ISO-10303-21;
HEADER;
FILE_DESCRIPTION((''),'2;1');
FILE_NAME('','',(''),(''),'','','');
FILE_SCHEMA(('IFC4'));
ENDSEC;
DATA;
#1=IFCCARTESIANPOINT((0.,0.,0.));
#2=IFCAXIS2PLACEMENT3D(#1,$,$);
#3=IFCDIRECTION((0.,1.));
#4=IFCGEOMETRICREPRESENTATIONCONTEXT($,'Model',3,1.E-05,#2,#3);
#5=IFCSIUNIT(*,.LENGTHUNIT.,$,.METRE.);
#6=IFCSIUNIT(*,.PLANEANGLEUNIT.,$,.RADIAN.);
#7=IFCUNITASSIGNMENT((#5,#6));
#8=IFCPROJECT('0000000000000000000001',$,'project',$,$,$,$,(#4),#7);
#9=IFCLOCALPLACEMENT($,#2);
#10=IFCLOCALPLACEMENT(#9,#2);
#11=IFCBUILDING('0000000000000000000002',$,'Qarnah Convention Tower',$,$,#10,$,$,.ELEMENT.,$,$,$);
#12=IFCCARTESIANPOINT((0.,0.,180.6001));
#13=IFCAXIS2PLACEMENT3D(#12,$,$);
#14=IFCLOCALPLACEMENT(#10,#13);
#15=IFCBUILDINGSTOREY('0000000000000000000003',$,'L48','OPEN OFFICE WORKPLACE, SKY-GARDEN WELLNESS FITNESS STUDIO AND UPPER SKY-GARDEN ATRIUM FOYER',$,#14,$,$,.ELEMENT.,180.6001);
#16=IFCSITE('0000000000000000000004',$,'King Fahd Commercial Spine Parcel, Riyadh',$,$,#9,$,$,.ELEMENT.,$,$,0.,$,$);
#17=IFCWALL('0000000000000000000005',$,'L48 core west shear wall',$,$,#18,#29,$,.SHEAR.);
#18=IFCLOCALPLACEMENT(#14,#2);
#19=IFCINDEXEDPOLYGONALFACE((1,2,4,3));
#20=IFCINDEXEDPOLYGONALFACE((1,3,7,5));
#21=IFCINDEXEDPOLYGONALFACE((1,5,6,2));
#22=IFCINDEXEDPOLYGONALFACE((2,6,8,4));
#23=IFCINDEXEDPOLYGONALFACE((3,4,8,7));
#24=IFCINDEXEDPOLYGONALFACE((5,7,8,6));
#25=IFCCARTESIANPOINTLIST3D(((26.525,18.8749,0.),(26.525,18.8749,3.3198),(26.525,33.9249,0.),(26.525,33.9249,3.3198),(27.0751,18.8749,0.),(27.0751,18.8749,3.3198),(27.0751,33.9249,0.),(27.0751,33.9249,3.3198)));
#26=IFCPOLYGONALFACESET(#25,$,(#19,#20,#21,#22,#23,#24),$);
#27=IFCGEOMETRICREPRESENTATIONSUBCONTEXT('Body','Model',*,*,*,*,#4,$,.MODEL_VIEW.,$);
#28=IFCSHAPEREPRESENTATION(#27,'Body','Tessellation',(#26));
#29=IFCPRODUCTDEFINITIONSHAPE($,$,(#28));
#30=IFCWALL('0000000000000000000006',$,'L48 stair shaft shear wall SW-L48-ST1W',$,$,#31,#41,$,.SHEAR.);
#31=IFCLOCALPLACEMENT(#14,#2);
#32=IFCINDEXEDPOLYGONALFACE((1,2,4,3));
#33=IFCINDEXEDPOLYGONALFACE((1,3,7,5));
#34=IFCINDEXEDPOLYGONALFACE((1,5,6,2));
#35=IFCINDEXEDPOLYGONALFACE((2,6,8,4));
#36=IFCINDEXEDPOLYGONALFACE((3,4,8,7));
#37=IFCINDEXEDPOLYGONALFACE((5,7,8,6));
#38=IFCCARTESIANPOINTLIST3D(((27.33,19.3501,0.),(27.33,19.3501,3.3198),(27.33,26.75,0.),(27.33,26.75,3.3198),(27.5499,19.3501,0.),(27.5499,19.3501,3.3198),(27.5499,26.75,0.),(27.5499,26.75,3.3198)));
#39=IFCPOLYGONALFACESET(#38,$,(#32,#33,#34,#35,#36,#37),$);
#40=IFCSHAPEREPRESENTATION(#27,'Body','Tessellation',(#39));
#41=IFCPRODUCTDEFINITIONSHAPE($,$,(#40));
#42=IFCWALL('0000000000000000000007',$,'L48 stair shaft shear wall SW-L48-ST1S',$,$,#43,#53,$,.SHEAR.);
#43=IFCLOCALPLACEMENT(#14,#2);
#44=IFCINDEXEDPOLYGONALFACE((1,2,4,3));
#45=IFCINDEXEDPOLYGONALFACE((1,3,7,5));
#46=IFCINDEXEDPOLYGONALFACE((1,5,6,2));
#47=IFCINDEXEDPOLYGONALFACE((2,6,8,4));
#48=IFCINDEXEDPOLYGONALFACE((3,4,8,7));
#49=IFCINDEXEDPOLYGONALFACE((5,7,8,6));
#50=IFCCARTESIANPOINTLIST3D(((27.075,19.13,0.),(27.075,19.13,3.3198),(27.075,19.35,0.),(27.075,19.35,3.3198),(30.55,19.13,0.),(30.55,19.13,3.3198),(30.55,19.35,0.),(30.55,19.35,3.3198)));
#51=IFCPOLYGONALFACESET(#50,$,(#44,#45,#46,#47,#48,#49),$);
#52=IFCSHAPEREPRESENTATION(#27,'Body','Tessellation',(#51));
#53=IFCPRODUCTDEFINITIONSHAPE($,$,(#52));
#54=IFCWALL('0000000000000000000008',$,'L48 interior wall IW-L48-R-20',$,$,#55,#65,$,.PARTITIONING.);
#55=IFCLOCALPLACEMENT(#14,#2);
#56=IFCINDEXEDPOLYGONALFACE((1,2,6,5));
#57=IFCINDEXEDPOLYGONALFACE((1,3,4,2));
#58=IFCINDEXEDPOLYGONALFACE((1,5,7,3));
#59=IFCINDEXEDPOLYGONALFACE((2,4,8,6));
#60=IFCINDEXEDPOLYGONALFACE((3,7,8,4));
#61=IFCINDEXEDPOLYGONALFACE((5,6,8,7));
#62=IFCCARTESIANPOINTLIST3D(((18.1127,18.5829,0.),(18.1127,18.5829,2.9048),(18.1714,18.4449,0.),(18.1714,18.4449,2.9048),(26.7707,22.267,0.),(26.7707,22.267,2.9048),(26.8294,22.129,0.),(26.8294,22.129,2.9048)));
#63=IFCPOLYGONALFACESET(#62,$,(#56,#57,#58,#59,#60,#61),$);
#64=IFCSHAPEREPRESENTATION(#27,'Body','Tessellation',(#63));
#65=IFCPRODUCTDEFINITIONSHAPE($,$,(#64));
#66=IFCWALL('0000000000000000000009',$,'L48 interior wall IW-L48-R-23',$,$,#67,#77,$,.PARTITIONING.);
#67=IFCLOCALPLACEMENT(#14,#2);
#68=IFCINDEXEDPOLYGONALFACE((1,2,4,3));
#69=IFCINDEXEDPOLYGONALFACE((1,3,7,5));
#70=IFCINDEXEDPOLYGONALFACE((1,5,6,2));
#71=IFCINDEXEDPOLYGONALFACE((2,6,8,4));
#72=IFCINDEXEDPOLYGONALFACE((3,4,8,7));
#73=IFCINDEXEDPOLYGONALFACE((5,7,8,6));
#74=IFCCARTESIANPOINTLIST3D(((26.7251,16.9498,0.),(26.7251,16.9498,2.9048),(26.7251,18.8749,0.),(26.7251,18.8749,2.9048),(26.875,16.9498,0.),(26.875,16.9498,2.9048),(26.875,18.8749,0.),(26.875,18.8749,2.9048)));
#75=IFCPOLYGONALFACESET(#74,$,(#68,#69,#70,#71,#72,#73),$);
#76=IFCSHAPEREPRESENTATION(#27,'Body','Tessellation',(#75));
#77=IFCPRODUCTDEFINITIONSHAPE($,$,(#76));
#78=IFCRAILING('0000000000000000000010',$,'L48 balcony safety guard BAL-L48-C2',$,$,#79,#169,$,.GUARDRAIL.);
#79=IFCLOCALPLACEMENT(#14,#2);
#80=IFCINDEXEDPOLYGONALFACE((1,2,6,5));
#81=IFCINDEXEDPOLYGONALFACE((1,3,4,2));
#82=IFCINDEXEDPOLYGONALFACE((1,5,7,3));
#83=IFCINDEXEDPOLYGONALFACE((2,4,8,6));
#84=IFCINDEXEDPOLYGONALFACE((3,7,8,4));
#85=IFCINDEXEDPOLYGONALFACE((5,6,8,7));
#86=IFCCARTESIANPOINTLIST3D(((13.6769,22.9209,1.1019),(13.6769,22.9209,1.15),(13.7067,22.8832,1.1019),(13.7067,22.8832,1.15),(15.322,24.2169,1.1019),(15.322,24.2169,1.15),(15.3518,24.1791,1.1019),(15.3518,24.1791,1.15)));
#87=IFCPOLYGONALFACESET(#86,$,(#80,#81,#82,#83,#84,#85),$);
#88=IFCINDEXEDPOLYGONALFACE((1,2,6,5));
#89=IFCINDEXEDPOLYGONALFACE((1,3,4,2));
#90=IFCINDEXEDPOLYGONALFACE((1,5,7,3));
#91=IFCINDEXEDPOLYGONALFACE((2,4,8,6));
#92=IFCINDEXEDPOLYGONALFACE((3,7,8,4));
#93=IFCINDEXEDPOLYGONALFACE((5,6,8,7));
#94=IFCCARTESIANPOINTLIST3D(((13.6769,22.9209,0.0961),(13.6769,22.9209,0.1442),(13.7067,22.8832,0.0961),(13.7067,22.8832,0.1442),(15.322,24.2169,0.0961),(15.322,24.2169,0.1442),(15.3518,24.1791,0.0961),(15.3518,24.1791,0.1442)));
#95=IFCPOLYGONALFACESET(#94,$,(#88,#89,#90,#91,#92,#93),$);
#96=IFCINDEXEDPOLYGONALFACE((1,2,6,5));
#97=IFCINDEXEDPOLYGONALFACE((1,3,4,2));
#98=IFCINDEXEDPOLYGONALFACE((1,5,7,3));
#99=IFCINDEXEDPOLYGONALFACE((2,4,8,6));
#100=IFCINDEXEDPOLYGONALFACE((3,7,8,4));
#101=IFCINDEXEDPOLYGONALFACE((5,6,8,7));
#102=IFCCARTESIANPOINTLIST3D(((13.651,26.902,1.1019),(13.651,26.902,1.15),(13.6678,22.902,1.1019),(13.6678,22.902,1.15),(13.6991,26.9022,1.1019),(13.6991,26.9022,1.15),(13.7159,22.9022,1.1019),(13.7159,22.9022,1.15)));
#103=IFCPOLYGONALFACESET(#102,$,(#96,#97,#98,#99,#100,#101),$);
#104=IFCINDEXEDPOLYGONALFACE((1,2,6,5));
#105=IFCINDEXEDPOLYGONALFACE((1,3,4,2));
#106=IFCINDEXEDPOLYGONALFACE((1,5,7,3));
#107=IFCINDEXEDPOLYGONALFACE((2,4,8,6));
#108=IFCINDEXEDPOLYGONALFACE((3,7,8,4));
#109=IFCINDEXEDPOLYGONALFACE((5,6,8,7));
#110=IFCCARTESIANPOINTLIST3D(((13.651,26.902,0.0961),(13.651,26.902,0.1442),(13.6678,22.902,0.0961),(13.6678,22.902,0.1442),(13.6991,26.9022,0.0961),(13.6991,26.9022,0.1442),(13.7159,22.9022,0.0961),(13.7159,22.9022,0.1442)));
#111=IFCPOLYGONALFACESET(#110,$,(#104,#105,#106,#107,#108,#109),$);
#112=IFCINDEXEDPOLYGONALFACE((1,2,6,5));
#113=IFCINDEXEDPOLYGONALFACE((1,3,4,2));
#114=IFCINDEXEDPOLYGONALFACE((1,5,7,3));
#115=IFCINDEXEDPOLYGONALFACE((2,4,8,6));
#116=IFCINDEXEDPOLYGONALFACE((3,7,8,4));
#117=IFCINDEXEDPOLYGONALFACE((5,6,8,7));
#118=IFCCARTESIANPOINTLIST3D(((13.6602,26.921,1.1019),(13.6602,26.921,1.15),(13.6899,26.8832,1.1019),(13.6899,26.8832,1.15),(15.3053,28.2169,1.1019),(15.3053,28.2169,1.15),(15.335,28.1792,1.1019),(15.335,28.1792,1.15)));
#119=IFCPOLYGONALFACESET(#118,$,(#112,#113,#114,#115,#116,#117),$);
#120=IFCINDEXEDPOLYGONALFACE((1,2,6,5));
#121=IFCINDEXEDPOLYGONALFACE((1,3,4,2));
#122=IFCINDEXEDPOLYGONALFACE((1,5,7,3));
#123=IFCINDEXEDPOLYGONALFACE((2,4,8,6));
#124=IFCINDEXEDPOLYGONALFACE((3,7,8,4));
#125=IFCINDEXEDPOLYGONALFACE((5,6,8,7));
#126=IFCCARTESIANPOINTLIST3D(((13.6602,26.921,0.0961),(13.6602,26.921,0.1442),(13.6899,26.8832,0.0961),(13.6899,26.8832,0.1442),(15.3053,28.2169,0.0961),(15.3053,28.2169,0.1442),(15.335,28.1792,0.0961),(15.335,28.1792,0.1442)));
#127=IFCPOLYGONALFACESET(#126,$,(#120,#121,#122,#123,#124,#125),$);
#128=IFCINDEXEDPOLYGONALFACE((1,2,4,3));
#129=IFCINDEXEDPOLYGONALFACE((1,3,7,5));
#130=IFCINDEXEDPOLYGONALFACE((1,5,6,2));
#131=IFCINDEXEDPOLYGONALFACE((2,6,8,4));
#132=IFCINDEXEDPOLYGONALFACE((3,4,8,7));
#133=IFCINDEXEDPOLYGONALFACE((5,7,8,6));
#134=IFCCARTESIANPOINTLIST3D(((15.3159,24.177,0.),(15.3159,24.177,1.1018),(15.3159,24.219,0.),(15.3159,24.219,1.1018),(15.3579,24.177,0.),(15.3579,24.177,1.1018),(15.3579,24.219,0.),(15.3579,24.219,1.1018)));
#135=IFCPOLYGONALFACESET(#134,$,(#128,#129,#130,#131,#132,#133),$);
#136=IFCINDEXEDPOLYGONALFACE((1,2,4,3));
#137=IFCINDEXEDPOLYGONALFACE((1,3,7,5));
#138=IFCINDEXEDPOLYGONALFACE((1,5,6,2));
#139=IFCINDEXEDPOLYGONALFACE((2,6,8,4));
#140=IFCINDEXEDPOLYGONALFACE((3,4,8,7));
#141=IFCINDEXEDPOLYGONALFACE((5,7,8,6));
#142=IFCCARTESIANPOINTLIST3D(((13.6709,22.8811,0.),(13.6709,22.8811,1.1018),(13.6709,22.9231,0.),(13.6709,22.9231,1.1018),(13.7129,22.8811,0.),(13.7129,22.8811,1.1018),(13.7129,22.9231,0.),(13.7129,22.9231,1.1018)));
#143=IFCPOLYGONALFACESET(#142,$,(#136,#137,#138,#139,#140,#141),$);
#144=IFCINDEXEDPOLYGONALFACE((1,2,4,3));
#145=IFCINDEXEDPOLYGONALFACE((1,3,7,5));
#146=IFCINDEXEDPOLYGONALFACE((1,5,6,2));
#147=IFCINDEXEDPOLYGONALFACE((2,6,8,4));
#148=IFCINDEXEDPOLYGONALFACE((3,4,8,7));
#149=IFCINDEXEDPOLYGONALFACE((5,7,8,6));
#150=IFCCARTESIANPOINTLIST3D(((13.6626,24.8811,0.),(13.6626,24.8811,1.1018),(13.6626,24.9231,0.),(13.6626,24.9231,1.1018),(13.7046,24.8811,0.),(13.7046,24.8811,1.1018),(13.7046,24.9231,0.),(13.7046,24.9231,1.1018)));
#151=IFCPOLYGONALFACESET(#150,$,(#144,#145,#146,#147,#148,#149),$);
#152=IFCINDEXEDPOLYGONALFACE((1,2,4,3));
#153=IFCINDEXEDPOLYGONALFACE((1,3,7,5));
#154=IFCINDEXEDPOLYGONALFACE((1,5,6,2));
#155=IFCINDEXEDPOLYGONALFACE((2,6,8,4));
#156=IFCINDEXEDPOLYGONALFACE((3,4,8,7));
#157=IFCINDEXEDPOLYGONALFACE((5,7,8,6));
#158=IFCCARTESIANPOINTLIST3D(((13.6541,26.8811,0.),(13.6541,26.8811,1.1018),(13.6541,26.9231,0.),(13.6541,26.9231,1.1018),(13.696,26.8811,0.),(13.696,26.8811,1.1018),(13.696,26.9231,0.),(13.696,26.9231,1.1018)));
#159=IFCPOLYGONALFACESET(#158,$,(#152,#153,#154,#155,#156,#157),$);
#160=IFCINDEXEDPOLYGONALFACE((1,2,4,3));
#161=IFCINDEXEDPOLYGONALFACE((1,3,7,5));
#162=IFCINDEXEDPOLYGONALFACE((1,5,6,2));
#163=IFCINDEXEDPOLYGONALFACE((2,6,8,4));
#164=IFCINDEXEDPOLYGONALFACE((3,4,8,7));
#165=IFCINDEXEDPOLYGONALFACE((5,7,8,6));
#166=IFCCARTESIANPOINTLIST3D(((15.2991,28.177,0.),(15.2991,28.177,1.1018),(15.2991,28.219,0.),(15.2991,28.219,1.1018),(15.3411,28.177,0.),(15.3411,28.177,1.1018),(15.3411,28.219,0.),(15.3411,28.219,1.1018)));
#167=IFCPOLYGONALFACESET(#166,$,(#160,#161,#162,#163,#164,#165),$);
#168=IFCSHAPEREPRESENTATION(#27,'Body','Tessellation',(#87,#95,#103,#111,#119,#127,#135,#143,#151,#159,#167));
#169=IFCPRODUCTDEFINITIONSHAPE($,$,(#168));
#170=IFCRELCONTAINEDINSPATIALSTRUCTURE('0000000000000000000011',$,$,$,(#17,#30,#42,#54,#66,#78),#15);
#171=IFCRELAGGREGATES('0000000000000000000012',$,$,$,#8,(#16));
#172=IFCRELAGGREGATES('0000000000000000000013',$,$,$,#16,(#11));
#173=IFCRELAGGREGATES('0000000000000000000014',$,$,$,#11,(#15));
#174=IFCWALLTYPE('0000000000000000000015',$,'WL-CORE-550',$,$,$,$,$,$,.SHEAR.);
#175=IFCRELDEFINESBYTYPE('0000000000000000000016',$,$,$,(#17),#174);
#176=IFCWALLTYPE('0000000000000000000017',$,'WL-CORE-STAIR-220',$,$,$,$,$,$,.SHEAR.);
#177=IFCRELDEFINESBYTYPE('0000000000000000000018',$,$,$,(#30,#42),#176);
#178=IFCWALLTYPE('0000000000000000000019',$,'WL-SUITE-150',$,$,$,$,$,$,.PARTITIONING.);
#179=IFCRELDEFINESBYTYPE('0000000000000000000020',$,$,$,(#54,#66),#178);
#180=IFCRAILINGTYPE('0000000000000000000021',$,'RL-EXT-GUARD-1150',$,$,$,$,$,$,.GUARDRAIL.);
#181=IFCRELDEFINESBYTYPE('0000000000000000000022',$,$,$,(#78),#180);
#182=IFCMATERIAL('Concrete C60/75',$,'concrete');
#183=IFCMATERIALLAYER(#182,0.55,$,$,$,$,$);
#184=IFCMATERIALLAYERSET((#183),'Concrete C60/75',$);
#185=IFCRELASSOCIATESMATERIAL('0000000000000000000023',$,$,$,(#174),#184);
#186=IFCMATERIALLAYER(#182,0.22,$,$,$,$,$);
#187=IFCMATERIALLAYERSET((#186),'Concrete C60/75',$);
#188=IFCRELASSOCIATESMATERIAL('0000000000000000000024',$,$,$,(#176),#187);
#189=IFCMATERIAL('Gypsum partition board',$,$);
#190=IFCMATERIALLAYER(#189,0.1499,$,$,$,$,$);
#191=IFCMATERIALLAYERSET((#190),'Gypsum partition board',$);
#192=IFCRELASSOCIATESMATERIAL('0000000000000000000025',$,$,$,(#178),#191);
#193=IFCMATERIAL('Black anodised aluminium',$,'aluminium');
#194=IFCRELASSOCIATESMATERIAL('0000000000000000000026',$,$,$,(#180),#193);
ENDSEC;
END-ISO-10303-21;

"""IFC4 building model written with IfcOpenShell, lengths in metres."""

from ifc_helpers import new_model, si_unit, direction, frame, frame_2d, origin, origin_2d, place, context, subcontext, project, spatial, rectangle, extrude, material, layer, layer_set, type_object, element, save


model = new_model("IFC4")

# Units and contexts
model_context = context("Model", 3, precision=1e-05, world=origin(), true_north=direction((0.0, 1.0)))
body_context = subcontext(model_context, "Body", "Model", "MODEL_VIEW")
ifc_project = project(units=[si_unit("LENGTHUNIT", "METRE"), si_unit("PLANEANGLEUNIT", "RADIAN")], contexts=[model_context])

# Site, building, storey
site_placement = place(None, origin())
site = spatial("IfcSite", under=ifc_project, at=site_placement, Name="King Fahd Commercial Spine Parcel, Riyadh", CompositionType="ELEMENT", RefElevation=0.0)
building_placement = place(site_placement, origin())
building = spatial("IfcBuilding", under=site, at=building_placement, Name="Qarnah Convention Tower", CompositionType="ELEMENT")
storey_placement = place(building_placement, frame((0.0, 0.0, 180.6001)))
storey = spatial("IfcBuildingStorey", under=building, at=storey_placement, Name="L48", Description="OPEN OFFICE WORKPLACE, SKY-GARDEN WELLNESS FITNESS STUDIO AND UPPER SKY-GARDEN ATRIUM FOYER", CompositionType="ELEMENT", Elevation=180.6001)

# Shared definitions
ifc_material_1 = material(Name="Black anodised aluminium", Category="aluminium")

# Shared definitions
ifc_material_2 = material(Name="Concrete C60/75", Category="concrete")
ifc_layer_1 = layer(ifc_material_2, 0.55)
ifc_layer_set_1 = layer_set([ifc_layer_1], Name="Concrete C60/75")
wall_type_1 = type_object("IfcWallType", Name="WL-CORE-550", PredefinedType="SHEAR", material=ifc_layer_set_1)

# Walls
wall_1_placement = place(storey_placement, frame((26.8, 18.875, 0.0), z_axis=(0.0, 0.0, 1.0), x_axis=(0.0, 1.0, 0.0)))
element("IfcWall", 1, at=wall_1_placement, inside=storey, type_object=wall_type_1, Name="L48 core west shear wall", PredefinedType="SHEAR", context=body_context, shape_type="SweptSolid", body=[
    extrude(rectangle(XDim=15.05, YDim=0.55, at=frame_2d((7.5249, 0.0))), origin(), (0.0, 0.0, 1.0), 3.3198),
])
ifc_layer_2 = layer(ifc_material_2, 0.22)
ifc_layer_set_2 = layer_set([ifc_layer_2], Name="Concrete C60/75")
wall_type_2 = type_object("IfcWallType", Name="WL-CORE-STAIR-220", PredefinedType="SHEAR", material=ifc_layer_set_2)
wall_2_placement = place(storey_placement, frame((27.4399, 19.3501, 0.0), z_axis=(0.0, 0.0, 1.0), x_axis=(0.0, 1.0, 0.0)))
element("IfcWall", 2, at=wall_2_placement, inside=storey, type_object=wall_type_2, Name="L48 stair shaft shear wall SW-L48-ST1W", PredefinedType="SHEAR", context=body_context, shape_type="SweptSolid", body=[
    extrude(rectangle(XDim=7.3999, YDim=0.22, at=frame_2d((3.7, 0.0))), origin(), (0.0, 0.0, 1.0), 3.3198),
])
wall_3_placement = place(storey_placement, frame((27.075, 19.24, 0.0), z_axis=(0.0, 0.0, 1.0), x_axis=(1.0, 0.0, 0.0)))
element("IfcWall", 3, at=wall_3_placement, inside=storey, type_object=wall_type_2, Name="L48 stair shaft shear wall SW-L48-ST1S", PredefinedType="SHEAR", context=body_context, shape_type="SweptSolid", body=[
    extrude(rectangle(XDim=3.4751, YDim=0.22, at=frame_2d((1.7375, 0.0))), origin(), (0.0, 0.0, 1.0), 3.3198),
])

# Walls
ifc_material_3 = material(Name="Gypsum partition board")
ifc_layer_3 = layer(ifc_material_3, 0.1499)
ifc_layer_set_3 = layer_set([ifc_layer_3], Name="Gypsum partition board")
wall_type_3 = type_object("IfcWallType", Name="WL-SUITE-150", PredefinedType="PARTITIONING", material=ifc_layer_set_3)
wall_4_placement = place(storey_placement, frame((18.1421, 18.5139, 0.0), z_axis=(0.0, 0.0, 1.0), x_axis=(0.920161, 0.391541, 0.0)))
element("IfcWall", 4, at=wall_4_placement, inside=storey, type_object=wall_type_3, Name="L48 interior wall IW-L48-R-20", PredefinedType="PARTITIONING", context=body_context, shape_type="SweptSolid", body=[
    extrude(rectangle(XDim=9.4092, YDim=0.1499, at=frame_2d((4.7046, 0.0))), origin(), (0.0, 0.0, 1.0), 2.9048),
])
wall_5_placement = place(storey_placement, frame((26.8, 16.95, 0.0), z_axis=(0.0, 0.0, 1.0), x_axis=(0.0, 1.0, 0.0)))
element("IfcWall", 5, at=wall_5_placement, inside=storey, type_object=wall_type_3, Name="L48 interior wall IW-L48-R-23", PredefinedType="PARTITIONING", context=body_context, shape_type="SweptSolid", body=[
    extrude(rectangle(XDim=1.925, YDim=0.1499, at=frame_2d((0.9624, 0.0))), origin(), (0.0, 0.0, 1.0), 2.9048),
])

# Railing
railing_type = type_object("IfcRailingType", Name="RL-EXT-GUARD-1150", PredefinedType="GUARDRAIL", material=ifc_material_1)
railing_placement = place(storey_placement, frame((15.3369, 24.198, 0.0)))
element("IfcRailing", 6, at=railing_placement, inside=storey, type_object=railing_type, Name="L48 balcony safety guard BAL-L48-C2", PredefinedType="GUARDRAIL", context=body_context, shape_type="SweptSolid", body=[
    extrude(rectangle(XDim=0.0481, YDim=0.0481, at=origin_2d()), frame((0.0, 0.0, 1.126), z_axis=(-0.785533, -0.61882, 0.0), x_axis=(0.61882, -0.785533, 0.0)), (0.0, 0.0, 1.0), 2.0942),
    extrude(rectangle(XDim=0.0481, YDim=0.0481, at=origin_2d()), frame((0.0, 0.0, 0.1201), z_axis=(-0.785533, -0.61882, 0.0), x_axis=(0.61882, -0.785533, 0.0)), (0.0, 0.0, 1.0), 2.0942),
    extrude(rectangle(XDim=0.0481, YDim=0.0481, at=origin_2d()), frame((-1.645, -1.2959, 1.126), z_axis=(-0.004211, 0.999991, 0.0), x_axis=(-0.999991, -0.004211, 0.0)), (0.0, 0.0, 1.0), 4.0),
    extrude(rectangle(XDim=0.0481, YDim=0.0481, at=origin_2d()), frame((-1.645, -1.2959, 0.1201), z_axis=(-0.004211, 0.999991, 0.0), x_axis=(-0.999991, -0.004211, 0.0)), (0.0, 0.0, 1.0), 4.0),
    extrude(rectangle(XDim=0.0481, YDim=0.0481, at=origin_2d()), frame((-1.6619, 2.7041, 1.126), z_axis=(0.785533, 0.61882, 0.0), x_axis=(-0.61882, 0.785533, 0.0)), (0.0, 0.0, 1.0), 2.0942),
    extrude(rectangle(XDim=0.0481, YDim=0.0481, at=origin_2d()), frame((-1.6619, 2.7041, 0.1201), z_axis=(0.785533, 0.61882, 0.0), x_axis=(-0.61882, 0.785533, 0.0)), (0.0, 0.0, 1.0), 2.0942),
    extrude(rectangle(XDim=0.042, YDim=0.042, at=origin_2d()), origin(), (0.0, 0.0, 1.0), 1.1018),
    extrude(rectangle(XDim=0.042, YDim=0.042, at=origin_2d()), frame((-1.645, -1.2959, 0.0)), (0.0, 0.0, 1.0), 1.1018),
    extrude(rectangle(XDim=0.042, YDim=0.042, at=origin_2d()), frame((-1.6533, 0.7041, 0.0)), (0.0, 0.0, 1.0), 1.1018),
    extrude(rectangle(XDim=0.042, YDim=0.042, at=origin_2d()), frame((-1.6619, 2.7041, 0.0)), (0.0, 0.0, 1.0), 1.1018),
    extrude(rectangle(XDim=0.042, YDim=0.042, at=origin_2d()), frame((-0.0168, 4.0, 0.0)), (0.0, 0.0, 1.0), 1.1018),
])

save(model, "model.ifc")
